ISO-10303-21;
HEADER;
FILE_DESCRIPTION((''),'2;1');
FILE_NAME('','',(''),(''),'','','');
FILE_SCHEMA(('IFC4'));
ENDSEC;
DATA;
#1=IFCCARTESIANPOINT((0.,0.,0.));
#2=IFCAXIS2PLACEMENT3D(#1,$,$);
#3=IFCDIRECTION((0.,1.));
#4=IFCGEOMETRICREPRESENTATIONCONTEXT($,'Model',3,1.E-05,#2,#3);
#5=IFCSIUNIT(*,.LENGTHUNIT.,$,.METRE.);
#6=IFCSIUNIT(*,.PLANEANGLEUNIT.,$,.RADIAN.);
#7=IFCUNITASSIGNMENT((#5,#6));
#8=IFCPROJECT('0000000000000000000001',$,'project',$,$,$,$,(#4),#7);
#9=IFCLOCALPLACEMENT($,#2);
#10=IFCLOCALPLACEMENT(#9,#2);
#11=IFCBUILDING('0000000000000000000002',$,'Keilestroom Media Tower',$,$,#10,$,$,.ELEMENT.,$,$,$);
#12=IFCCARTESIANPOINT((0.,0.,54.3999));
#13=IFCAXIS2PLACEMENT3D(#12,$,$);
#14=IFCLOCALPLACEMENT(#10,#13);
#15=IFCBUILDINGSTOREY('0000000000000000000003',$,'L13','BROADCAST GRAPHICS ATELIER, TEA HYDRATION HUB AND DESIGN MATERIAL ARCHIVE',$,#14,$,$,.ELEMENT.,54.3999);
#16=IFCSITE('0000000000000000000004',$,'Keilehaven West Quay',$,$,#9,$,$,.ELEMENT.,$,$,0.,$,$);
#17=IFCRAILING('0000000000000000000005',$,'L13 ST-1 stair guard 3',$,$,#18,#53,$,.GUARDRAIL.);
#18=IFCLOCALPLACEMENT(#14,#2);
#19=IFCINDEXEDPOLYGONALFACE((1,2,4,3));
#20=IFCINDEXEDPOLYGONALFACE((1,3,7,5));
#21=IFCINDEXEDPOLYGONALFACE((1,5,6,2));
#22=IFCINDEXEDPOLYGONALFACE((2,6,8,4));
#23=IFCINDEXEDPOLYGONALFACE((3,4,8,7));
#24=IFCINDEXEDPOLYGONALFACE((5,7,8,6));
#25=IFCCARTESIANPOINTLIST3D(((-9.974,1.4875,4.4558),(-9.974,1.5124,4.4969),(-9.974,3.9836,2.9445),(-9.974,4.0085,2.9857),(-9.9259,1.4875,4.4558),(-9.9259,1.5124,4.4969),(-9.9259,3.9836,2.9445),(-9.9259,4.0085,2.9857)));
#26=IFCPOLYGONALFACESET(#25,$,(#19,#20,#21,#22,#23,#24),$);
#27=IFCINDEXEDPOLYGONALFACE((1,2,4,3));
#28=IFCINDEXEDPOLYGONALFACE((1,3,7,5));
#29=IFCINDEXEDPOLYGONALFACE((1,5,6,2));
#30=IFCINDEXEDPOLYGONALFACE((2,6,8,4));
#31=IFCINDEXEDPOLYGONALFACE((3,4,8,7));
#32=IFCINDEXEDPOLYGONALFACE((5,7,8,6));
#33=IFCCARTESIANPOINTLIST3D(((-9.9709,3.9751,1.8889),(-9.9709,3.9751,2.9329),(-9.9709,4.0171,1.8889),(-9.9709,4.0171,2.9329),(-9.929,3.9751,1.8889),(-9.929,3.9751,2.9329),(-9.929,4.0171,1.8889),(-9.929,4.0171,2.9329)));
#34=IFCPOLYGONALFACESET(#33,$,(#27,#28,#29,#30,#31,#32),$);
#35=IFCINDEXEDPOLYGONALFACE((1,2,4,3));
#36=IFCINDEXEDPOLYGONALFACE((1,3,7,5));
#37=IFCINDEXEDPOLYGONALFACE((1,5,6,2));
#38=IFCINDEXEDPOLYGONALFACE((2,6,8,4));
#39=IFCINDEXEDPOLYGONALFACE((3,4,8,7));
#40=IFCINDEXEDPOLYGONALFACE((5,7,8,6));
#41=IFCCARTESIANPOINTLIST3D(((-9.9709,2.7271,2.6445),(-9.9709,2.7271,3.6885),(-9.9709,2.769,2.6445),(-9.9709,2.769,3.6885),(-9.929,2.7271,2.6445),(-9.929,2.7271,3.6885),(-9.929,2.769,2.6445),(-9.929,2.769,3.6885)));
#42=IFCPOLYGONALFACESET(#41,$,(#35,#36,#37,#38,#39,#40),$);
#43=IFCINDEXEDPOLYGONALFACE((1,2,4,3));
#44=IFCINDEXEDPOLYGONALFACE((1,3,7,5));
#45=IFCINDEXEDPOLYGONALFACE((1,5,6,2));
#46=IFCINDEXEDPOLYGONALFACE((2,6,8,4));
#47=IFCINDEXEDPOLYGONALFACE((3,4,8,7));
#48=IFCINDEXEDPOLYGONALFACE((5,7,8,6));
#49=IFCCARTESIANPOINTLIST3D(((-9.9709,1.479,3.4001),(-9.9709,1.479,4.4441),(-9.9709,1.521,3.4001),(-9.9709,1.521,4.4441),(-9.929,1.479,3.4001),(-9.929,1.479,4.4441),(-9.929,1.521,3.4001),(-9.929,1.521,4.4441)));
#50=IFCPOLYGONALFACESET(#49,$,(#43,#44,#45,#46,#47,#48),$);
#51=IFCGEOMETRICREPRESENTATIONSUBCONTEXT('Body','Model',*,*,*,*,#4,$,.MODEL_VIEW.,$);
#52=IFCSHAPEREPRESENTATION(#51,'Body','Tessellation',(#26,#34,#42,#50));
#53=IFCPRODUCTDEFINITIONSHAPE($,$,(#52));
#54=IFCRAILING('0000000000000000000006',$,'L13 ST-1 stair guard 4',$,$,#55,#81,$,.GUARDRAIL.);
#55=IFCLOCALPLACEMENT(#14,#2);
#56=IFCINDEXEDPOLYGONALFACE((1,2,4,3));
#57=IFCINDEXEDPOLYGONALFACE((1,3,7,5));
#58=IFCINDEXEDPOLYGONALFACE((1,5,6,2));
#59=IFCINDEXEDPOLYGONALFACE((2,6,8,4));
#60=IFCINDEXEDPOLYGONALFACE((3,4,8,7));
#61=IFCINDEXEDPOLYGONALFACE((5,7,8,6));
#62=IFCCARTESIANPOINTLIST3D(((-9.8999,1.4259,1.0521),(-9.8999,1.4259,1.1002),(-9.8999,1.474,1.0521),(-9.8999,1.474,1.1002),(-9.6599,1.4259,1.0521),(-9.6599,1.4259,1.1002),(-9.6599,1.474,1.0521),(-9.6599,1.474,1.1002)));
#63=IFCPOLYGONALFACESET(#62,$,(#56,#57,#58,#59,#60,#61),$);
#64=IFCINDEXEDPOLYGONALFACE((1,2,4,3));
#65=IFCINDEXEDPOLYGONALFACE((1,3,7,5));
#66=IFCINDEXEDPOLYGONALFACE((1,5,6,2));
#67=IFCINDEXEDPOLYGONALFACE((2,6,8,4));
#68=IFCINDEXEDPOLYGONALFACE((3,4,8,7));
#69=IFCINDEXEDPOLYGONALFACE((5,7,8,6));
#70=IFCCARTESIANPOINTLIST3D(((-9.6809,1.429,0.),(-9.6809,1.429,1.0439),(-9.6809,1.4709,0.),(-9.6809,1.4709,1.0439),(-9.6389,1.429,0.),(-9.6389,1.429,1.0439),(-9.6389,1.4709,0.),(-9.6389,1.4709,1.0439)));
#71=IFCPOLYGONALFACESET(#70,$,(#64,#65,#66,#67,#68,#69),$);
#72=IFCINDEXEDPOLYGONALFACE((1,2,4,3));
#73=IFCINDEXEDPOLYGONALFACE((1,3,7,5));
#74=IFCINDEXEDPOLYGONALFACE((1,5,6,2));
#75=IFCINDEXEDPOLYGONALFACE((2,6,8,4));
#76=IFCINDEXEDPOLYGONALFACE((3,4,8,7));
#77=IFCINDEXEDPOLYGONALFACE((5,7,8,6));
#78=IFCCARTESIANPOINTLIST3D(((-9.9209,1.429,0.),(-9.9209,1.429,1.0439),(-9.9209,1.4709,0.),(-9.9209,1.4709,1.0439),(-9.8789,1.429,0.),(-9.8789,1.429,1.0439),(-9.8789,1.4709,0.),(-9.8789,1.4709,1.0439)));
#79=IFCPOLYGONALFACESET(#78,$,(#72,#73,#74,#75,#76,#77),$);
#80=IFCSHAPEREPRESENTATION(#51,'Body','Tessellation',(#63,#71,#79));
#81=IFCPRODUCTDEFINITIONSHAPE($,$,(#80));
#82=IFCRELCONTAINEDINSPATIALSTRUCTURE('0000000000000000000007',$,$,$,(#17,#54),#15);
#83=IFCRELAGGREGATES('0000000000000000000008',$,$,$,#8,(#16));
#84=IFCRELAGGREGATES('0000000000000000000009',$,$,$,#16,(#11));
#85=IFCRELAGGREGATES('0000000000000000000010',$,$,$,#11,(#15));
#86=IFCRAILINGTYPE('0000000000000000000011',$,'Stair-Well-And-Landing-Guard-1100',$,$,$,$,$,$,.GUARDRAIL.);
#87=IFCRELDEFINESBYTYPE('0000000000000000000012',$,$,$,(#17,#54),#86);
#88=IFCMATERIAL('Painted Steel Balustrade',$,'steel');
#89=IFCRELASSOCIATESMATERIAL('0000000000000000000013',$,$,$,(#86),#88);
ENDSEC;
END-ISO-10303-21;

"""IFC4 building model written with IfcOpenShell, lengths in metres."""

from ifc_helpers import new_model, si_unit, direction, frame, origin, origin_2d, place, context, subcontext, project, spatial, rectangle, extrude, material, type_object, element, save


model = new_model("IFC4")

# Units and contexts
model_context = context("Model", 3, precision=1e-05, world=origin(), true_north=direction((0.0, 1.0)))
body_context = subcontext(model_context, "Body", "Model", "MODEL_VIEW")
ifc_project = project(units=[si_unit("LENGTHUNIT", "METRE"), si_unit("PLANEANGLEUNIT", "RADIAN")], contexts=[model_context])

# Site, building, storey
site_placement = place(None, origin())
site = spatial("IfcSite", under=ifc_project, at=site_placement, Name="Keilehaven West Quay", CompositionType="ELEMENT", RefElevation=0.0)
building_placement = place(site_placement, origin())
building = spatial("IfcBuilding", under=site, at=building_placement, Name="Keilestroom Media Tower", CompositionType="ELEMENT")
storey_placement = place(building_placement, frame((0.0, 0.0, 54.3999)))
storey = spatial("IfcBuildingStorey", under=building, at=storey_placement, Name="L13", Description="BROADCAST GRAPHICS ATELIER, TEA HYDRATION HUB AND DESIGN MATERIAL ARCHIVE", CompositionType="ELEMENT", Elevation=54.3999)

# Railings
ifc_material_1 = material(Name="Painted Steel Balustrade", Category="steel")
railing_type_1 = type_object("IfcRailingType", Name="Stair-Well-And-Landing-Guard-1100", PredefinedType="GUARDRAIL", material=ifc_material_1)
railing_1_placement = place(storey_placement, frame((-9.95, 3.9961, 1.8889)))
element("IfcRailing", 1, at=railing_1_placement, inside=storey, type_object=railing_type_1, Name="L13 ST-1 stair guard 3", PredefinedType="GUARDRAIL", context=body_context, shape_type="SweptSolid", body=[
    extrude(rectangle(XDim=0.0481, YDim=0.0481, at=origin_2d()), frame((0.0, 0.0, 1.0762), z_axis=(0.0, -0.855434, 0.517912), x_axis=(1.0, 0.0, 0.0)), (0.0, 0.0, 1.0), 2.918),
    extrude(rectangle(XDim=0.042, YDim=0.042, at=origin_2d()), origin(), (0.0, 0.0, 1.0), 1.0439),
    extrude(rectangle(XDim=0.042, YDim=0.042, at=origin_2d()), frame((0.0, -1.248, 0.7556)), (0.0, 0.0, 1.0), 1.0439),
    extrude(rectangle(XDim=0.042, YDim=0.042, at=origin_2d()), frame((0.0, -2.4961, 1.5112)), (0.0, 0.0, 1.0), 1.0439),
])
railing_2_placement = place(storey_placement, frame((-9.6599, 1.45, 0.0)))
element("IfcRailing", 2, at=railing_2_placement, inside=storey, type_object=railing_type_1, Name="L13 ST-1 stair guard 4", PredefinedType="GUARDRAIL", context=body_context, shape_type="SweptSolid", body=[
    extrude(rectangle(XDim=0.0481, YDim=0.0481, at=origin_2d()), frame((0.0, 0.0, 1.0762), z_axis=(-1.0, 0.0, 0.0), x_axis=(0.0, -1.0, 0.0)), (0.0, 0.0, 1.0), 0.24),
    extrude(rectangle(XDim=0.042, YDim=0.042, at=origin_2d()), origin(), (0.0, 0.0, 1.0), 1.0439),
    extrude(rectangle(XDim=0.042, YDim=0.042, at=origin_2d()), frame((-0.24, 0.0, 0.0)), (0.0, 0.0, 1.0), 1.0439),
])

save(model, "model.ifc")
